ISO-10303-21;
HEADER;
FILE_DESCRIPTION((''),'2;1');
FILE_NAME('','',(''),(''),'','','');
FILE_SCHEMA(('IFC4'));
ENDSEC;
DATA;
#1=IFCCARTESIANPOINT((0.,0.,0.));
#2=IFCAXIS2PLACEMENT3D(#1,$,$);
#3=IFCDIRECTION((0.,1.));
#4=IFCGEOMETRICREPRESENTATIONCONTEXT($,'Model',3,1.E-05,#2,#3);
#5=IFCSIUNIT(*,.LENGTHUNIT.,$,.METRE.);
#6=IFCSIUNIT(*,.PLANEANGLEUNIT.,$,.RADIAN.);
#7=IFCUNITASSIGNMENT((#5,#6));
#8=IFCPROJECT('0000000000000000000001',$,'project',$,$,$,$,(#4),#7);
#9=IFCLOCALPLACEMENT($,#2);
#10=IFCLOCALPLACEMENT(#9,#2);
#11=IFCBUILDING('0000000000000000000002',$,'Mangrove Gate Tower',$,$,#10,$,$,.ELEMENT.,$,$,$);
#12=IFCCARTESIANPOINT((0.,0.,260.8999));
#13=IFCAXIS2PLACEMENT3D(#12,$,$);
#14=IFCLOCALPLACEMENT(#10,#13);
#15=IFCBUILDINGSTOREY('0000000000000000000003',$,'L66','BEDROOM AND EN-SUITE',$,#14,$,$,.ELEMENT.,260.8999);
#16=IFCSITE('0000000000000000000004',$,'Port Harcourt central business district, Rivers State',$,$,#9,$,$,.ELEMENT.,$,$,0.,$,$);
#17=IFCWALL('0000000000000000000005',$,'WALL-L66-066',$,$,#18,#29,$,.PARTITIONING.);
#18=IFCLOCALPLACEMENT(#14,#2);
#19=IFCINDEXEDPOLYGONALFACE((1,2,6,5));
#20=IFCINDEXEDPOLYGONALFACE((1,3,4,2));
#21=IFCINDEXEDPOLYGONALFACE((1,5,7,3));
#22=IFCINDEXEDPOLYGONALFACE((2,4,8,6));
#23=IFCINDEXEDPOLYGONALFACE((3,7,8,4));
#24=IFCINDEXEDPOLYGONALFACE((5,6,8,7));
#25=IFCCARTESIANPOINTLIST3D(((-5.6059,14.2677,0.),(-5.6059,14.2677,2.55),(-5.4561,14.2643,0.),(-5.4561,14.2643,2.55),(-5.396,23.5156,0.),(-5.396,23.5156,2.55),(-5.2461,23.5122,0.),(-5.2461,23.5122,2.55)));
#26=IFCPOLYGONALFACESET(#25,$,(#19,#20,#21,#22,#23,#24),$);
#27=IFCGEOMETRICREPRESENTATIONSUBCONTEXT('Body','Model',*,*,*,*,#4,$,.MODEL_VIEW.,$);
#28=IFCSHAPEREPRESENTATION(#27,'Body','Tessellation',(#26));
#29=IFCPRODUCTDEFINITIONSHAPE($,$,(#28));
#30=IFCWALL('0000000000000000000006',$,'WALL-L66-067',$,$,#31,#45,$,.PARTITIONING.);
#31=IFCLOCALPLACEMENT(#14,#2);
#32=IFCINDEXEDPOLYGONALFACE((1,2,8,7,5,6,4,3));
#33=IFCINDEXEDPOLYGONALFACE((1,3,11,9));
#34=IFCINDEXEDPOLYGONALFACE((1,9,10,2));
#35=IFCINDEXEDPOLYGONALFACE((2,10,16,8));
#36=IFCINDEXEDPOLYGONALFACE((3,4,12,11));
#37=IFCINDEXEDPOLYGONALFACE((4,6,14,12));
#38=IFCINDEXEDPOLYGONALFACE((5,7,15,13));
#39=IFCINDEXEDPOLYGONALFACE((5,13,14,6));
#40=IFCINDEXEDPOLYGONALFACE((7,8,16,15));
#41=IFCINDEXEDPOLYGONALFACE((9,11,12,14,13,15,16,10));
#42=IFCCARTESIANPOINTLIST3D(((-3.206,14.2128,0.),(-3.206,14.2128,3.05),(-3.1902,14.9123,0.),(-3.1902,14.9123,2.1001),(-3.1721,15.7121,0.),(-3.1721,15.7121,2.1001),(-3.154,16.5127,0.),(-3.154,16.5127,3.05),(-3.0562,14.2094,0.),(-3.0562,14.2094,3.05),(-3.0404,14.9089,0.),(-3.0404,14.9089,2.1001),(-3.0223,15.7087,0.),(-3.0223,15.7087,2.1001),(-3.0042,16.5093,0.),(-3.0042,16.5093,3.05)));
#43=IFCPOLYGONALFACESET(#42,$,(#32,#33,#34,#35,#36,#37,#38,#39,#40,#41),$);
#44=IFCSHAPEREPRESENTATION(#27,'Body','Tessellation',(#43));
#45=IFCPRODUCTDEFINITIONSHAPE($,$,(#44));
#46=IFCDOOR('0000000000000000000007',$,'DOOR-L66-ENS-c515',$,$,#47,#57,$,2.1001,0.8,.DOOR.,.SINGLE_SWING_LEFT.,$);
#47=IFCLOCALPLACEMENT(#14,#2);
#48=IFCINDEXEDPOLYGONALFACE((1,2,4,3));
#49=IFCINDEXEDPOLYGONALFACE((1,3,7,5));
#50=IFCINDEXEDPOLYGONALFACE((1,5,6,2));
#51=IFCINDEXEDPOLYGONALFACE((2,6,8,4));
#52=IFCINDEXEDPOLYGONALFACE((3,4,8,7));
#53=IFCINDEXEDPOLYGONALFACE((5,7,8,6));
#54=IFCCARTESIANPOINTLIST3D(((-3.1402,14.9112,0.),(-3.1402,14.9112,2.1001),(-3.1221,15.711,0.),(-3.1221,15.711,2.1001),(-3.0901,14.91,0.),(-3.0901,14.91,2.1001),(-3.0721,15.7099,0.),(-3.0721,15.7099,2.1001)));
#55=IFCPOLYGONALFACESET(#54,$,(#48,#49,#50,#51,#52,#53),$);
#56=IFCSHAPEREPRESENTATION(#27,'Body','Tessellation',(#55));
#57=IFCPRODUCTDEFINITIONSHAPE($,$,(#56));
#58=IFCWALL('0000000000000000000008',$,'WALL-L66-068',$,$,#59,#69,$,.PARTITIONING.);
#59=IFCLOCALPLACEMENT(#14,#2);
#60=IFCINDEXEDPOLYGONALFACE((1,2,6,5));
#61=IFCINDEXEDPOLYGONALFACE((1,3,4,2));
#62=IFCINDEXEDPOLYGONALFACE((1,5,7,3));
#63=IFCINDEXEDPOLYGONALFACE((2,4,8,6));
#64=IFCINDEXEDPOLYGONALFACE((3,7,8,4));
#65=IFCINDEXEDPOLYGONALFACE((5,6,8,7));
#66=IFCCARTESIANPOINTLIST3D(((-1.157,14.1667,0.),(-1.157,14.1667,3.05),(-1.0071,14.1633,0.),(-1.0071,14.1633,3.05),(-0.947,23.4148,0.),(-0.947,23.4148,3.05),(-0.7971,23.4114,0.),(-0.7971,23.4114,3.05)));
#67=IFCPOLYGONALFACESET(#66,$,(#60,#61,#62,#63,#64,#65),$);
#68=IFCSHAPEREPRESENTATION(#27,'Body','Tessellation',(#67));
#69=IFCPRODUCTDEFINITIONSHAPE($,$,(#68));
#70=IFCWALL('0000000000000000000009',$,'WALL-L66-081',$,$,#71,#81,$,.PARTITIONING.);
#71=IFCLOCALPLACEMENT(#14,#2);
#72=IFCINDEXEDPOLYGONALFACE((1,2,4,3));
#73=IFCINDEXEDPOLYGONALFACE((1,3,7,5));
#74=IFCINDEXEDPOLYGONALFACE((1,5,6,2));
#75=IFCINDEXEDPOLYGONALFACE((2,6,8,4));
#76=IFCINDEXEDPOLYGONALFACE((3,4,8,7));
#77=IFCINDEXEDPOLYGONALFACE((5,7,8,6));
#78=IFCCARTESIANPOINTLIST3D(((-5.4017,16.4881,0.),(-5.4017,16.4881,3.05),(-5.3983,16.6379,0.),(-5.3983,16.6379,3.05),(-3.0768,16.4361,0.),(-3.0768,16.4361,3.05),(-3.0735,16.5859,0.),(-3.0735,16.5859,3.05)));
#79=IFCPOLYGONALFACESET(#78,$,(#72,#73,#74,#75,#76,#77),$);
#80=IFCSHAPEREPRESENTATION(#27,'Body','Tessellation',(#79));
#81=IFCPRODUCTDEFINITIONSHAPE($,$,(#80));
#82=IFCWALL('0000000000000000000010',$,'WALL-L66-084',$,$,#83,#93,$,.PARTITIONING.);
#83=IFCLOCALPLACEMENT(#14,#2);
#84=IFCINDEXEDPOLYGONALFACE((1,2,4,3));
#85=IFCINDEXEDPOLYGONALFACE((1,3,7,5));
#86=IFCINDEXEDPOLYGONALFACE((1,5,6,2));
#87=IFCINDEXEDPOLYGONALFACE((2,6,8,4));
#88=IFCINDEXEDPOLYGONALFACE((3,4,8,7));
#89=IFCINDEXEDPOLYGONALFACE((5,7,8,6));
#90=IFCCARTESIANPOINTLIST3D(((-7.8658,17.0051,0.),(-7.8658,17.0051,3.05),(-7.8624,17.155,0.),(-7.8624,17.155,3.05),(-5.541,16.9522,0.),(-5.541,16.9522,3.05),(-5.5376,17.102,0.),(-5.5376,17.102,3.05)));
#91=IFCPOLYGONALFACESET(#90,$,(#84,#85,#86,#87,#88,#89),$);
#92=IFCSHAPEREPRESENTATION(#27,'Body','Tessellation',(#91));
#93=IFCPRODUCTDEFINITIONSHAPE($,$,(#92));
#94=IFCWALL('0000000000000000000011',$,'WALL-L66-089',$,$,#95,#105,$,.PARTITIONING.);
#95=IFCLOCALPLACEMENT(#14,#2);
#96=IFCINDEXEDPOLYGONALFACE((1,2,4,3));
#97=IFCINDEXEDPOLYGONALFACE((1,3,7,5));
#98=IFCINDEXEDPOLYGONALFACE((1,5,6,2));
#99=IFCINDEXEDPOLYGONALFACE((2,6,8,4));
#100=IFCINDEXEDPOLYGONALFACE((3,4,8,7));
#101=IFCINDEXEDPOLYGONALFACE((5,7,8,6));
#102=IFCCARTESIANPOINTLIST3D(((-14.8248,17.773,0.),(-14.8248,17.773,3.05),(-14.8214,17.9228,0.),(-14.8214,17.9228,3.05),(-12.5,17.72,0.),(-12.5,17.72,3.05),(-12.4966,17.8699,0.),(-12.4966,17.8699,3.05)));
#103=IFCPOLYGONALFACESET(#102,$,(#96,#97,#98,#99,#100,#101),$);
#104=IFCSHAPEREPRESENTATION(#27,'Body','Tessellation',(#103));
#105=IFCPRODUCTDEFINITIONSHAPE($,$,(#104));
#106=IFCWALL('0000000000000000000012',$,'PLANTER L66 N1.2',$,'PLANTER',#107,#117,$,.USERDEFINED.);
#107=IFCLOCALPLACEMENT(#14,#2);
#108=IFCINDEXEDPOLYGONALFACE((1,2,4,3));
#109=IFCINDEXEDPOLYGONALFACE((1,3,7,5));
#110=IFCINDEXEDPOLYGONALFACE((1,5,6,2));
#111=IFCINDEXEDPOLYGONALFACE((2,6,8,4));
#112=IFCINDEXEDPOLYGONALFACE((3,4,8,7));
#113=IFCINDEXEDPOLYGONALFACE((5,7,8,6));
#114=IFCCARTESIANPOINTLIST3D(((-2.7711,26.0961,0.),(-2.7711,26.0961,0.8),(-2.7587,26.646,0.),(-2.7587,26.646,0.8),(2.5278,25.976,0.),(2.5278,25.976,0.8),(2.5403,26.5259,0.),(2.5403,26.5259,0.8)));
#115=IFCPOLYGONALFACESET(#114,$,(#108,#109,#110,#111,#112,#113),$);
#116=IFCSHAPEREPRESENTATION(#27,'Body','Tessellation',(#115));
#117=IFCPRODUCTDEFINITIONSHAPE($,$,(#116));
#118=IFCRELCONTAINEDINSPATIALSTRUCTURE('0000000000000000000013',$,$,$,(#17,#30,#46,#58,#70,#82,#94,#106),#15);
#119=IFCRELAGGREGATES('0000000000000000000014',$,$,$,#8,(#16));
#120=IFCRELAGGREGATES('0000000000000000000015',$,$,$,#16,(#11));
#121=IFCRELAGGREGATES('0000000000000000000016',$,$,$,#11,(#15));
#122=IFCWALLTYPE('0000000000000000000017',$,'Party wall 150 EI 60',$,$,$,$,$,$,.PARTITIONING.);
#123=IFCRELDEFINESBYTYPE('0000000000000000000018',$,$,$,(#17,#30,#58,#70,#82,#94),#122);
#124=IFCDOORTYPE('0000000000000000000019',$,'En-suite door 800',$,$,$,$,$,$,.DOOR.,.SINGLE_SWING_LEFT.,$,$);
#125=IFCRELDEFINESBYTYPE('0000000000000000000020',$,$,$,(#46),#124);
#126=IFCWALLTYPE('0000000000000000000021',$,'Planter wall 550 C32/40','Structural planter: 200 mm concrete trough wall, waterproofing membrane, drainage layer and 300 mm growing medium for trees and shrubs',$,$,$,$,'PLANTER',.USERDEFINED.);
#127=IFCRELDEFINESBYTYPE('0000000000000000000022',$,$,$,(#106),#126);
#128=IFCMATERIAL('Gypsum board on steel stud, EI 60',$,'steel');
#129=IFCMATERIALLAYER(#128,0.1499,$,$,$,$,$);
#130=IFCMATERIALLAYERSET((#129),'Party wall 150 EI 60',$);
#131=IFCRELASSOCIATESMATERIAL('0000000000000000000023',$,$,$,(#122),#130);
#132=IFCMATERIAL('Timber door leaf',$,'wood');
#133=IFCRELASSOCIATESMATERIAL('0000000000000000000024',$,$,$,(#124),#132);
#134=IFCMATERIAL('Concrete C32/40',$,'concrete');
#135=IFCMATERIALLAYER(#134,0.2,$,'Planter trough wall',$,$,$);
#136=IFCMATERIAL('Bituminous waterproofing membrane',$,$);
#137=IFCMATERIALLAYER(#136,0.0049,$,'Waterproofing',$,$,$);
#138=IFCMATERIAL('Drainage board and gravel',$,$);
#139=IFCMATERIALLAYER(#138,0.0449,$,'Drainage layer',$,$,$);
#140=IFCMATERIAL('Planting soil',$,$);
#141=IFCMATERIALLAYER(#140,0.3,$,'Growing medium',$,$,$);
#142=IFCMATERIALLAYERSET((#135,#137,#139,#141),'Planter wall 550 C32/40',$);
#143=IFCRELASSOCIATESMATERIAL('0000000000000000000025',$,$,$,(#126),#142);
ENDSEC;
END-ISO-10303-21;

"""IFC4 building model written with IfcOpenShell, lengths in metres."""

from ifc_helpers import new_model, si_unit, direction, frame, frame_2d, origin, place, context, subcontext, project, spatial, rectangle, extrude, material, layer, layer_set, type_object, element, fill, save


model = new_model("IFC4")

# Units and contexts
model_context = context("Model", 3, precision=1e-05, world=origin(), true_north=direction((0.0, 1.0)))
body_context = subcontext(model_context, "Body", "Model", "MODEL_VIEW")
ifc_project = project(units=[si_unit("LENGTHUNIT", "METRE"), si_unit("PLANEANGLEUNIT", "RADIAN")], contexts=[model_context])

# Site, building, storey
site_placement = place(None, origin())
site = spatial("IfcSite", under=ifc_project, at=site_placement, Name="Port Harcourt central business district, Rivers State", CompositionType="ELEMENT", RefElevation=0.0)
building_placement = place(site_placement, origin())
building = spatial("IfcBuilding", under=site, at=building_placement, Name="Mangrove Gate Tower", CompositionType="ELEMENT")
storey_placement = place(building_placement, frame((0.0, 0.0, 260.8999)))
storey = spatial("IfcBuildingStorey", under=building, at=storey_placement, Name="L66", Description="BEDROOM AND EN-SUITE", CompositionType="ELEMENT", Elevation=260.8999)

# Shared definitions
ifc_material_1 = material(Name="Gypsum board on steel stud, EI 60", Category="steel")
ifc_layer_1 = layer(ifc_material_1, 0.1499)
ifc_layer_set_1 = layer_set([ifc_layer_1], Name="Party wall 150 EI 60")
wall_type_1 = type_object("IfcWallType", Name="Party wall 150 EI 60", PredefinedType="PARTITIONING", material=ifc_layer_set_1)

# Shared definitions
ifc_material_2 = material(Name="Timber door leaf", Category="wood")
door_type = type_object("IfcDoorType", Name="En-suite door 800", OperationType="SINGLE_SWING_LEFT", PredefinedType="DOOR", material=ifc_material_2)

# Wall
wall_1_placement = place(storey_placement, frame((-5.531, 14.2661, 0.0), z_axis=(0.0, 0.0, 1.0), x_axis=(0.022698, 0.999742, 0.0)))
element("IfcWall", 1, at=wall_1_placement, inside=storey, type_object=wall_type_1, Name="WALL-L66-066", PredefinedType="PARTITIONING", context=body_context, shape_type="SweptSolid", body=[
    extrude(rectangle(XDim=9.2502, YDim=0.1499, at=frame_2d((4.625, 0.0))), origin(), (0.0, 0.0, 1.0), 2.55),
])

# Wall, opening, door
wall_2_placement = place(storey_placement, frame((-3.1311, 14.2109, 0.0), z_axis=(0.0, 0.0, 1.0), x_axis=(0.022603, 0.999745, 0.0)))
wall_2 = element("IfcWall", 2, at=wall_2_placement, inside=storey, type_object=wall_type_1, Name="WALL-L66-067", PredefinedType="PARTITIONING", context=body_context, shape_type="SweptSolid", body=[
    extrude(rectangle(XDim=2.3005, YDim=0.1499, at=frame_2d((1.1504, 0.0))), origin(), (0.0, 0.0, 1.0), 3.05),
])
opening_1_placement = place(wall_2_placement, frame((0.7, 0.0, 0.0)))
opening_1 = element("IfcOpeningElement", 3, at=opening_1_placement, cuts=wall_2, PredefinedType="OPENING", context=body_context, shape_type="SweptSolid", body=[
    extrude(rectangle(XDim=0.8, YDim=2.1001, at=frame_2d((0.3999, 1.05))), frame((0.0, 0.085, 0.0), z_axis=(0.0, -1.0, 0.0), x_axis=(1.0, 0.0, 0.0)), (0.0, 0.0, 1.0), 0.1699),
])
door_1_placement = place(opening_1_placement, origin())
door_1 = element("IfcDoor", 4, at=door_1_placement, inside=storey, type_object=door_type, Name="DOOR-L66-ENS-c515", OperationType="SINGLE_SWING_LEFT", OverallHeight=2.1001, OverallWidth=0.8, PredefinedType="DOOR", context=body_context, shape_type="SweptSolid", body=[
    extrude(rectangle(XDim=0.8, YDim=2.1001, at=frame_2d((0.3999, 1.05))), frame((0.0, 0.0249, 0.0), z_axis=(0.0, -1.0, 0.0), x_axis=(1.0, 0.0, 0.0)), (0.0, 0.0, 1.0), 0.05),
])
fill(opening_1, door_1)

# Walls
wall_3_placement = place(storey_placement, frame((-1.082, 14.165, 0.0), z_axis=(0.0, 0.0, 1.0), x_axis=(0.022697, 0.999742, 0.0)))
element("IfcWall", 5, at=wall_3_placement, inside=storey, type_object=wall_type_1, Name="WALL-L66-068", PredefinedType="PARTITIONING", context=body_context, shape_type="SweptSolid", body=[
    extrude(rectangle(XDim=9.2505, YDim=0.1499, at=frame_2d((4.6252, 0.0))), origin(), (0.0, 0.0, 1.0), 3.05),
])
for number, where, z_axis, x_axis, name in (
    (6, (-5.3999, 16.563, 0.0), (0.0, 0.0, 1.0), (0.99975, -0.022361, 0.0), "WALL-L66-081"),
    (7, (-7.864, 17.0801, 0.0), (0.0, 0.0, 1.0), (0.99974, -0.022781, 0.0), "WALL-L66-084"),
    (8, (-14.823, 17.8479, 0.0), (0.0, 0.0, 1.0), (0.99974, -0.022781, 0.0), "WALL-L66-089"),
):
    element("IfcWall", number, at=place(storey_placement, frame(where, z_axis=z_axis, x_axis=x_axis)), inside=storey, type_object=wall_type_1, Name=name, PredefinedType="PARTITIONING", context=body_context, shape_type="SweptSolid", body=[
        extrude(rectangle(XDim=2.3254, YDim=0.1499, at=frame_2d((1.1626, 0.0))), origin(), (0.0, 0.0, 1.0), 3.05),
    ])
ifc_material_3 = material(Name="Concrete C32/40", Category="concrete")
ifc_layer_2 = layer(ifc_material_3, 0.2, Name="Planter trough wall")
ifc_material_4 = material(Name="Bituminous waterproofing membrane")
ifc_layer_3 = layer(ifc_material_4, 0.0049, Name="Waterproofing")
ifc_material_5 = material(Name="Drainage board and gravel")
ifc_layer_4 = layer(ifc_material_5, 0.0449, Name="Drainage layer")
ifc_material_6 = material(Name="Planting soil")
ifc_layer_5 = layer(ifc_material_6, 0.3, Name="Growing medium")
ifc_layer_set_2 = layer_set([ifc_layer_2, ifc_layer_3, ifc_layer_4, ifc_layer_5], Name="Planter wall 550 C32/40")
wall_type_2 = type_object("IfcWallType", Name="Planter wall 550 C32/40", Description="Structural planter: 200 mm concrete trough wall, waterproofing membrane, drainage layer and 300 mm growing medium for trees and shrubs", ElementType="PLANTER", PredefinedType="USERDEFINED", material=ifc_layer_set_2)
wall_4_placement = place(storey_placement, frame((-2.7649, 26.3711, 0.0), z_axis=(0.0, 0.0, 1.0), x_axis=(0.999743, -0.022663, 0.0)))
element("IfcWall", 9, at=wall_4_placement, inside=storey, type_object=wall_type_2, Name="PLANTER L66 N1.2", ObjectType="PLANTER", PredefinedType="USERDEFINED", context=body_context, shape_type="SweptSolid", body=[
    extrude(rectangle(XDim=5.3003, YDim=0.55, at=frame_2d((2.6501, 0.0))), origin(), (0.0, 0.0, 1.0), 0.8),
])

save(model, "model.ifc")
